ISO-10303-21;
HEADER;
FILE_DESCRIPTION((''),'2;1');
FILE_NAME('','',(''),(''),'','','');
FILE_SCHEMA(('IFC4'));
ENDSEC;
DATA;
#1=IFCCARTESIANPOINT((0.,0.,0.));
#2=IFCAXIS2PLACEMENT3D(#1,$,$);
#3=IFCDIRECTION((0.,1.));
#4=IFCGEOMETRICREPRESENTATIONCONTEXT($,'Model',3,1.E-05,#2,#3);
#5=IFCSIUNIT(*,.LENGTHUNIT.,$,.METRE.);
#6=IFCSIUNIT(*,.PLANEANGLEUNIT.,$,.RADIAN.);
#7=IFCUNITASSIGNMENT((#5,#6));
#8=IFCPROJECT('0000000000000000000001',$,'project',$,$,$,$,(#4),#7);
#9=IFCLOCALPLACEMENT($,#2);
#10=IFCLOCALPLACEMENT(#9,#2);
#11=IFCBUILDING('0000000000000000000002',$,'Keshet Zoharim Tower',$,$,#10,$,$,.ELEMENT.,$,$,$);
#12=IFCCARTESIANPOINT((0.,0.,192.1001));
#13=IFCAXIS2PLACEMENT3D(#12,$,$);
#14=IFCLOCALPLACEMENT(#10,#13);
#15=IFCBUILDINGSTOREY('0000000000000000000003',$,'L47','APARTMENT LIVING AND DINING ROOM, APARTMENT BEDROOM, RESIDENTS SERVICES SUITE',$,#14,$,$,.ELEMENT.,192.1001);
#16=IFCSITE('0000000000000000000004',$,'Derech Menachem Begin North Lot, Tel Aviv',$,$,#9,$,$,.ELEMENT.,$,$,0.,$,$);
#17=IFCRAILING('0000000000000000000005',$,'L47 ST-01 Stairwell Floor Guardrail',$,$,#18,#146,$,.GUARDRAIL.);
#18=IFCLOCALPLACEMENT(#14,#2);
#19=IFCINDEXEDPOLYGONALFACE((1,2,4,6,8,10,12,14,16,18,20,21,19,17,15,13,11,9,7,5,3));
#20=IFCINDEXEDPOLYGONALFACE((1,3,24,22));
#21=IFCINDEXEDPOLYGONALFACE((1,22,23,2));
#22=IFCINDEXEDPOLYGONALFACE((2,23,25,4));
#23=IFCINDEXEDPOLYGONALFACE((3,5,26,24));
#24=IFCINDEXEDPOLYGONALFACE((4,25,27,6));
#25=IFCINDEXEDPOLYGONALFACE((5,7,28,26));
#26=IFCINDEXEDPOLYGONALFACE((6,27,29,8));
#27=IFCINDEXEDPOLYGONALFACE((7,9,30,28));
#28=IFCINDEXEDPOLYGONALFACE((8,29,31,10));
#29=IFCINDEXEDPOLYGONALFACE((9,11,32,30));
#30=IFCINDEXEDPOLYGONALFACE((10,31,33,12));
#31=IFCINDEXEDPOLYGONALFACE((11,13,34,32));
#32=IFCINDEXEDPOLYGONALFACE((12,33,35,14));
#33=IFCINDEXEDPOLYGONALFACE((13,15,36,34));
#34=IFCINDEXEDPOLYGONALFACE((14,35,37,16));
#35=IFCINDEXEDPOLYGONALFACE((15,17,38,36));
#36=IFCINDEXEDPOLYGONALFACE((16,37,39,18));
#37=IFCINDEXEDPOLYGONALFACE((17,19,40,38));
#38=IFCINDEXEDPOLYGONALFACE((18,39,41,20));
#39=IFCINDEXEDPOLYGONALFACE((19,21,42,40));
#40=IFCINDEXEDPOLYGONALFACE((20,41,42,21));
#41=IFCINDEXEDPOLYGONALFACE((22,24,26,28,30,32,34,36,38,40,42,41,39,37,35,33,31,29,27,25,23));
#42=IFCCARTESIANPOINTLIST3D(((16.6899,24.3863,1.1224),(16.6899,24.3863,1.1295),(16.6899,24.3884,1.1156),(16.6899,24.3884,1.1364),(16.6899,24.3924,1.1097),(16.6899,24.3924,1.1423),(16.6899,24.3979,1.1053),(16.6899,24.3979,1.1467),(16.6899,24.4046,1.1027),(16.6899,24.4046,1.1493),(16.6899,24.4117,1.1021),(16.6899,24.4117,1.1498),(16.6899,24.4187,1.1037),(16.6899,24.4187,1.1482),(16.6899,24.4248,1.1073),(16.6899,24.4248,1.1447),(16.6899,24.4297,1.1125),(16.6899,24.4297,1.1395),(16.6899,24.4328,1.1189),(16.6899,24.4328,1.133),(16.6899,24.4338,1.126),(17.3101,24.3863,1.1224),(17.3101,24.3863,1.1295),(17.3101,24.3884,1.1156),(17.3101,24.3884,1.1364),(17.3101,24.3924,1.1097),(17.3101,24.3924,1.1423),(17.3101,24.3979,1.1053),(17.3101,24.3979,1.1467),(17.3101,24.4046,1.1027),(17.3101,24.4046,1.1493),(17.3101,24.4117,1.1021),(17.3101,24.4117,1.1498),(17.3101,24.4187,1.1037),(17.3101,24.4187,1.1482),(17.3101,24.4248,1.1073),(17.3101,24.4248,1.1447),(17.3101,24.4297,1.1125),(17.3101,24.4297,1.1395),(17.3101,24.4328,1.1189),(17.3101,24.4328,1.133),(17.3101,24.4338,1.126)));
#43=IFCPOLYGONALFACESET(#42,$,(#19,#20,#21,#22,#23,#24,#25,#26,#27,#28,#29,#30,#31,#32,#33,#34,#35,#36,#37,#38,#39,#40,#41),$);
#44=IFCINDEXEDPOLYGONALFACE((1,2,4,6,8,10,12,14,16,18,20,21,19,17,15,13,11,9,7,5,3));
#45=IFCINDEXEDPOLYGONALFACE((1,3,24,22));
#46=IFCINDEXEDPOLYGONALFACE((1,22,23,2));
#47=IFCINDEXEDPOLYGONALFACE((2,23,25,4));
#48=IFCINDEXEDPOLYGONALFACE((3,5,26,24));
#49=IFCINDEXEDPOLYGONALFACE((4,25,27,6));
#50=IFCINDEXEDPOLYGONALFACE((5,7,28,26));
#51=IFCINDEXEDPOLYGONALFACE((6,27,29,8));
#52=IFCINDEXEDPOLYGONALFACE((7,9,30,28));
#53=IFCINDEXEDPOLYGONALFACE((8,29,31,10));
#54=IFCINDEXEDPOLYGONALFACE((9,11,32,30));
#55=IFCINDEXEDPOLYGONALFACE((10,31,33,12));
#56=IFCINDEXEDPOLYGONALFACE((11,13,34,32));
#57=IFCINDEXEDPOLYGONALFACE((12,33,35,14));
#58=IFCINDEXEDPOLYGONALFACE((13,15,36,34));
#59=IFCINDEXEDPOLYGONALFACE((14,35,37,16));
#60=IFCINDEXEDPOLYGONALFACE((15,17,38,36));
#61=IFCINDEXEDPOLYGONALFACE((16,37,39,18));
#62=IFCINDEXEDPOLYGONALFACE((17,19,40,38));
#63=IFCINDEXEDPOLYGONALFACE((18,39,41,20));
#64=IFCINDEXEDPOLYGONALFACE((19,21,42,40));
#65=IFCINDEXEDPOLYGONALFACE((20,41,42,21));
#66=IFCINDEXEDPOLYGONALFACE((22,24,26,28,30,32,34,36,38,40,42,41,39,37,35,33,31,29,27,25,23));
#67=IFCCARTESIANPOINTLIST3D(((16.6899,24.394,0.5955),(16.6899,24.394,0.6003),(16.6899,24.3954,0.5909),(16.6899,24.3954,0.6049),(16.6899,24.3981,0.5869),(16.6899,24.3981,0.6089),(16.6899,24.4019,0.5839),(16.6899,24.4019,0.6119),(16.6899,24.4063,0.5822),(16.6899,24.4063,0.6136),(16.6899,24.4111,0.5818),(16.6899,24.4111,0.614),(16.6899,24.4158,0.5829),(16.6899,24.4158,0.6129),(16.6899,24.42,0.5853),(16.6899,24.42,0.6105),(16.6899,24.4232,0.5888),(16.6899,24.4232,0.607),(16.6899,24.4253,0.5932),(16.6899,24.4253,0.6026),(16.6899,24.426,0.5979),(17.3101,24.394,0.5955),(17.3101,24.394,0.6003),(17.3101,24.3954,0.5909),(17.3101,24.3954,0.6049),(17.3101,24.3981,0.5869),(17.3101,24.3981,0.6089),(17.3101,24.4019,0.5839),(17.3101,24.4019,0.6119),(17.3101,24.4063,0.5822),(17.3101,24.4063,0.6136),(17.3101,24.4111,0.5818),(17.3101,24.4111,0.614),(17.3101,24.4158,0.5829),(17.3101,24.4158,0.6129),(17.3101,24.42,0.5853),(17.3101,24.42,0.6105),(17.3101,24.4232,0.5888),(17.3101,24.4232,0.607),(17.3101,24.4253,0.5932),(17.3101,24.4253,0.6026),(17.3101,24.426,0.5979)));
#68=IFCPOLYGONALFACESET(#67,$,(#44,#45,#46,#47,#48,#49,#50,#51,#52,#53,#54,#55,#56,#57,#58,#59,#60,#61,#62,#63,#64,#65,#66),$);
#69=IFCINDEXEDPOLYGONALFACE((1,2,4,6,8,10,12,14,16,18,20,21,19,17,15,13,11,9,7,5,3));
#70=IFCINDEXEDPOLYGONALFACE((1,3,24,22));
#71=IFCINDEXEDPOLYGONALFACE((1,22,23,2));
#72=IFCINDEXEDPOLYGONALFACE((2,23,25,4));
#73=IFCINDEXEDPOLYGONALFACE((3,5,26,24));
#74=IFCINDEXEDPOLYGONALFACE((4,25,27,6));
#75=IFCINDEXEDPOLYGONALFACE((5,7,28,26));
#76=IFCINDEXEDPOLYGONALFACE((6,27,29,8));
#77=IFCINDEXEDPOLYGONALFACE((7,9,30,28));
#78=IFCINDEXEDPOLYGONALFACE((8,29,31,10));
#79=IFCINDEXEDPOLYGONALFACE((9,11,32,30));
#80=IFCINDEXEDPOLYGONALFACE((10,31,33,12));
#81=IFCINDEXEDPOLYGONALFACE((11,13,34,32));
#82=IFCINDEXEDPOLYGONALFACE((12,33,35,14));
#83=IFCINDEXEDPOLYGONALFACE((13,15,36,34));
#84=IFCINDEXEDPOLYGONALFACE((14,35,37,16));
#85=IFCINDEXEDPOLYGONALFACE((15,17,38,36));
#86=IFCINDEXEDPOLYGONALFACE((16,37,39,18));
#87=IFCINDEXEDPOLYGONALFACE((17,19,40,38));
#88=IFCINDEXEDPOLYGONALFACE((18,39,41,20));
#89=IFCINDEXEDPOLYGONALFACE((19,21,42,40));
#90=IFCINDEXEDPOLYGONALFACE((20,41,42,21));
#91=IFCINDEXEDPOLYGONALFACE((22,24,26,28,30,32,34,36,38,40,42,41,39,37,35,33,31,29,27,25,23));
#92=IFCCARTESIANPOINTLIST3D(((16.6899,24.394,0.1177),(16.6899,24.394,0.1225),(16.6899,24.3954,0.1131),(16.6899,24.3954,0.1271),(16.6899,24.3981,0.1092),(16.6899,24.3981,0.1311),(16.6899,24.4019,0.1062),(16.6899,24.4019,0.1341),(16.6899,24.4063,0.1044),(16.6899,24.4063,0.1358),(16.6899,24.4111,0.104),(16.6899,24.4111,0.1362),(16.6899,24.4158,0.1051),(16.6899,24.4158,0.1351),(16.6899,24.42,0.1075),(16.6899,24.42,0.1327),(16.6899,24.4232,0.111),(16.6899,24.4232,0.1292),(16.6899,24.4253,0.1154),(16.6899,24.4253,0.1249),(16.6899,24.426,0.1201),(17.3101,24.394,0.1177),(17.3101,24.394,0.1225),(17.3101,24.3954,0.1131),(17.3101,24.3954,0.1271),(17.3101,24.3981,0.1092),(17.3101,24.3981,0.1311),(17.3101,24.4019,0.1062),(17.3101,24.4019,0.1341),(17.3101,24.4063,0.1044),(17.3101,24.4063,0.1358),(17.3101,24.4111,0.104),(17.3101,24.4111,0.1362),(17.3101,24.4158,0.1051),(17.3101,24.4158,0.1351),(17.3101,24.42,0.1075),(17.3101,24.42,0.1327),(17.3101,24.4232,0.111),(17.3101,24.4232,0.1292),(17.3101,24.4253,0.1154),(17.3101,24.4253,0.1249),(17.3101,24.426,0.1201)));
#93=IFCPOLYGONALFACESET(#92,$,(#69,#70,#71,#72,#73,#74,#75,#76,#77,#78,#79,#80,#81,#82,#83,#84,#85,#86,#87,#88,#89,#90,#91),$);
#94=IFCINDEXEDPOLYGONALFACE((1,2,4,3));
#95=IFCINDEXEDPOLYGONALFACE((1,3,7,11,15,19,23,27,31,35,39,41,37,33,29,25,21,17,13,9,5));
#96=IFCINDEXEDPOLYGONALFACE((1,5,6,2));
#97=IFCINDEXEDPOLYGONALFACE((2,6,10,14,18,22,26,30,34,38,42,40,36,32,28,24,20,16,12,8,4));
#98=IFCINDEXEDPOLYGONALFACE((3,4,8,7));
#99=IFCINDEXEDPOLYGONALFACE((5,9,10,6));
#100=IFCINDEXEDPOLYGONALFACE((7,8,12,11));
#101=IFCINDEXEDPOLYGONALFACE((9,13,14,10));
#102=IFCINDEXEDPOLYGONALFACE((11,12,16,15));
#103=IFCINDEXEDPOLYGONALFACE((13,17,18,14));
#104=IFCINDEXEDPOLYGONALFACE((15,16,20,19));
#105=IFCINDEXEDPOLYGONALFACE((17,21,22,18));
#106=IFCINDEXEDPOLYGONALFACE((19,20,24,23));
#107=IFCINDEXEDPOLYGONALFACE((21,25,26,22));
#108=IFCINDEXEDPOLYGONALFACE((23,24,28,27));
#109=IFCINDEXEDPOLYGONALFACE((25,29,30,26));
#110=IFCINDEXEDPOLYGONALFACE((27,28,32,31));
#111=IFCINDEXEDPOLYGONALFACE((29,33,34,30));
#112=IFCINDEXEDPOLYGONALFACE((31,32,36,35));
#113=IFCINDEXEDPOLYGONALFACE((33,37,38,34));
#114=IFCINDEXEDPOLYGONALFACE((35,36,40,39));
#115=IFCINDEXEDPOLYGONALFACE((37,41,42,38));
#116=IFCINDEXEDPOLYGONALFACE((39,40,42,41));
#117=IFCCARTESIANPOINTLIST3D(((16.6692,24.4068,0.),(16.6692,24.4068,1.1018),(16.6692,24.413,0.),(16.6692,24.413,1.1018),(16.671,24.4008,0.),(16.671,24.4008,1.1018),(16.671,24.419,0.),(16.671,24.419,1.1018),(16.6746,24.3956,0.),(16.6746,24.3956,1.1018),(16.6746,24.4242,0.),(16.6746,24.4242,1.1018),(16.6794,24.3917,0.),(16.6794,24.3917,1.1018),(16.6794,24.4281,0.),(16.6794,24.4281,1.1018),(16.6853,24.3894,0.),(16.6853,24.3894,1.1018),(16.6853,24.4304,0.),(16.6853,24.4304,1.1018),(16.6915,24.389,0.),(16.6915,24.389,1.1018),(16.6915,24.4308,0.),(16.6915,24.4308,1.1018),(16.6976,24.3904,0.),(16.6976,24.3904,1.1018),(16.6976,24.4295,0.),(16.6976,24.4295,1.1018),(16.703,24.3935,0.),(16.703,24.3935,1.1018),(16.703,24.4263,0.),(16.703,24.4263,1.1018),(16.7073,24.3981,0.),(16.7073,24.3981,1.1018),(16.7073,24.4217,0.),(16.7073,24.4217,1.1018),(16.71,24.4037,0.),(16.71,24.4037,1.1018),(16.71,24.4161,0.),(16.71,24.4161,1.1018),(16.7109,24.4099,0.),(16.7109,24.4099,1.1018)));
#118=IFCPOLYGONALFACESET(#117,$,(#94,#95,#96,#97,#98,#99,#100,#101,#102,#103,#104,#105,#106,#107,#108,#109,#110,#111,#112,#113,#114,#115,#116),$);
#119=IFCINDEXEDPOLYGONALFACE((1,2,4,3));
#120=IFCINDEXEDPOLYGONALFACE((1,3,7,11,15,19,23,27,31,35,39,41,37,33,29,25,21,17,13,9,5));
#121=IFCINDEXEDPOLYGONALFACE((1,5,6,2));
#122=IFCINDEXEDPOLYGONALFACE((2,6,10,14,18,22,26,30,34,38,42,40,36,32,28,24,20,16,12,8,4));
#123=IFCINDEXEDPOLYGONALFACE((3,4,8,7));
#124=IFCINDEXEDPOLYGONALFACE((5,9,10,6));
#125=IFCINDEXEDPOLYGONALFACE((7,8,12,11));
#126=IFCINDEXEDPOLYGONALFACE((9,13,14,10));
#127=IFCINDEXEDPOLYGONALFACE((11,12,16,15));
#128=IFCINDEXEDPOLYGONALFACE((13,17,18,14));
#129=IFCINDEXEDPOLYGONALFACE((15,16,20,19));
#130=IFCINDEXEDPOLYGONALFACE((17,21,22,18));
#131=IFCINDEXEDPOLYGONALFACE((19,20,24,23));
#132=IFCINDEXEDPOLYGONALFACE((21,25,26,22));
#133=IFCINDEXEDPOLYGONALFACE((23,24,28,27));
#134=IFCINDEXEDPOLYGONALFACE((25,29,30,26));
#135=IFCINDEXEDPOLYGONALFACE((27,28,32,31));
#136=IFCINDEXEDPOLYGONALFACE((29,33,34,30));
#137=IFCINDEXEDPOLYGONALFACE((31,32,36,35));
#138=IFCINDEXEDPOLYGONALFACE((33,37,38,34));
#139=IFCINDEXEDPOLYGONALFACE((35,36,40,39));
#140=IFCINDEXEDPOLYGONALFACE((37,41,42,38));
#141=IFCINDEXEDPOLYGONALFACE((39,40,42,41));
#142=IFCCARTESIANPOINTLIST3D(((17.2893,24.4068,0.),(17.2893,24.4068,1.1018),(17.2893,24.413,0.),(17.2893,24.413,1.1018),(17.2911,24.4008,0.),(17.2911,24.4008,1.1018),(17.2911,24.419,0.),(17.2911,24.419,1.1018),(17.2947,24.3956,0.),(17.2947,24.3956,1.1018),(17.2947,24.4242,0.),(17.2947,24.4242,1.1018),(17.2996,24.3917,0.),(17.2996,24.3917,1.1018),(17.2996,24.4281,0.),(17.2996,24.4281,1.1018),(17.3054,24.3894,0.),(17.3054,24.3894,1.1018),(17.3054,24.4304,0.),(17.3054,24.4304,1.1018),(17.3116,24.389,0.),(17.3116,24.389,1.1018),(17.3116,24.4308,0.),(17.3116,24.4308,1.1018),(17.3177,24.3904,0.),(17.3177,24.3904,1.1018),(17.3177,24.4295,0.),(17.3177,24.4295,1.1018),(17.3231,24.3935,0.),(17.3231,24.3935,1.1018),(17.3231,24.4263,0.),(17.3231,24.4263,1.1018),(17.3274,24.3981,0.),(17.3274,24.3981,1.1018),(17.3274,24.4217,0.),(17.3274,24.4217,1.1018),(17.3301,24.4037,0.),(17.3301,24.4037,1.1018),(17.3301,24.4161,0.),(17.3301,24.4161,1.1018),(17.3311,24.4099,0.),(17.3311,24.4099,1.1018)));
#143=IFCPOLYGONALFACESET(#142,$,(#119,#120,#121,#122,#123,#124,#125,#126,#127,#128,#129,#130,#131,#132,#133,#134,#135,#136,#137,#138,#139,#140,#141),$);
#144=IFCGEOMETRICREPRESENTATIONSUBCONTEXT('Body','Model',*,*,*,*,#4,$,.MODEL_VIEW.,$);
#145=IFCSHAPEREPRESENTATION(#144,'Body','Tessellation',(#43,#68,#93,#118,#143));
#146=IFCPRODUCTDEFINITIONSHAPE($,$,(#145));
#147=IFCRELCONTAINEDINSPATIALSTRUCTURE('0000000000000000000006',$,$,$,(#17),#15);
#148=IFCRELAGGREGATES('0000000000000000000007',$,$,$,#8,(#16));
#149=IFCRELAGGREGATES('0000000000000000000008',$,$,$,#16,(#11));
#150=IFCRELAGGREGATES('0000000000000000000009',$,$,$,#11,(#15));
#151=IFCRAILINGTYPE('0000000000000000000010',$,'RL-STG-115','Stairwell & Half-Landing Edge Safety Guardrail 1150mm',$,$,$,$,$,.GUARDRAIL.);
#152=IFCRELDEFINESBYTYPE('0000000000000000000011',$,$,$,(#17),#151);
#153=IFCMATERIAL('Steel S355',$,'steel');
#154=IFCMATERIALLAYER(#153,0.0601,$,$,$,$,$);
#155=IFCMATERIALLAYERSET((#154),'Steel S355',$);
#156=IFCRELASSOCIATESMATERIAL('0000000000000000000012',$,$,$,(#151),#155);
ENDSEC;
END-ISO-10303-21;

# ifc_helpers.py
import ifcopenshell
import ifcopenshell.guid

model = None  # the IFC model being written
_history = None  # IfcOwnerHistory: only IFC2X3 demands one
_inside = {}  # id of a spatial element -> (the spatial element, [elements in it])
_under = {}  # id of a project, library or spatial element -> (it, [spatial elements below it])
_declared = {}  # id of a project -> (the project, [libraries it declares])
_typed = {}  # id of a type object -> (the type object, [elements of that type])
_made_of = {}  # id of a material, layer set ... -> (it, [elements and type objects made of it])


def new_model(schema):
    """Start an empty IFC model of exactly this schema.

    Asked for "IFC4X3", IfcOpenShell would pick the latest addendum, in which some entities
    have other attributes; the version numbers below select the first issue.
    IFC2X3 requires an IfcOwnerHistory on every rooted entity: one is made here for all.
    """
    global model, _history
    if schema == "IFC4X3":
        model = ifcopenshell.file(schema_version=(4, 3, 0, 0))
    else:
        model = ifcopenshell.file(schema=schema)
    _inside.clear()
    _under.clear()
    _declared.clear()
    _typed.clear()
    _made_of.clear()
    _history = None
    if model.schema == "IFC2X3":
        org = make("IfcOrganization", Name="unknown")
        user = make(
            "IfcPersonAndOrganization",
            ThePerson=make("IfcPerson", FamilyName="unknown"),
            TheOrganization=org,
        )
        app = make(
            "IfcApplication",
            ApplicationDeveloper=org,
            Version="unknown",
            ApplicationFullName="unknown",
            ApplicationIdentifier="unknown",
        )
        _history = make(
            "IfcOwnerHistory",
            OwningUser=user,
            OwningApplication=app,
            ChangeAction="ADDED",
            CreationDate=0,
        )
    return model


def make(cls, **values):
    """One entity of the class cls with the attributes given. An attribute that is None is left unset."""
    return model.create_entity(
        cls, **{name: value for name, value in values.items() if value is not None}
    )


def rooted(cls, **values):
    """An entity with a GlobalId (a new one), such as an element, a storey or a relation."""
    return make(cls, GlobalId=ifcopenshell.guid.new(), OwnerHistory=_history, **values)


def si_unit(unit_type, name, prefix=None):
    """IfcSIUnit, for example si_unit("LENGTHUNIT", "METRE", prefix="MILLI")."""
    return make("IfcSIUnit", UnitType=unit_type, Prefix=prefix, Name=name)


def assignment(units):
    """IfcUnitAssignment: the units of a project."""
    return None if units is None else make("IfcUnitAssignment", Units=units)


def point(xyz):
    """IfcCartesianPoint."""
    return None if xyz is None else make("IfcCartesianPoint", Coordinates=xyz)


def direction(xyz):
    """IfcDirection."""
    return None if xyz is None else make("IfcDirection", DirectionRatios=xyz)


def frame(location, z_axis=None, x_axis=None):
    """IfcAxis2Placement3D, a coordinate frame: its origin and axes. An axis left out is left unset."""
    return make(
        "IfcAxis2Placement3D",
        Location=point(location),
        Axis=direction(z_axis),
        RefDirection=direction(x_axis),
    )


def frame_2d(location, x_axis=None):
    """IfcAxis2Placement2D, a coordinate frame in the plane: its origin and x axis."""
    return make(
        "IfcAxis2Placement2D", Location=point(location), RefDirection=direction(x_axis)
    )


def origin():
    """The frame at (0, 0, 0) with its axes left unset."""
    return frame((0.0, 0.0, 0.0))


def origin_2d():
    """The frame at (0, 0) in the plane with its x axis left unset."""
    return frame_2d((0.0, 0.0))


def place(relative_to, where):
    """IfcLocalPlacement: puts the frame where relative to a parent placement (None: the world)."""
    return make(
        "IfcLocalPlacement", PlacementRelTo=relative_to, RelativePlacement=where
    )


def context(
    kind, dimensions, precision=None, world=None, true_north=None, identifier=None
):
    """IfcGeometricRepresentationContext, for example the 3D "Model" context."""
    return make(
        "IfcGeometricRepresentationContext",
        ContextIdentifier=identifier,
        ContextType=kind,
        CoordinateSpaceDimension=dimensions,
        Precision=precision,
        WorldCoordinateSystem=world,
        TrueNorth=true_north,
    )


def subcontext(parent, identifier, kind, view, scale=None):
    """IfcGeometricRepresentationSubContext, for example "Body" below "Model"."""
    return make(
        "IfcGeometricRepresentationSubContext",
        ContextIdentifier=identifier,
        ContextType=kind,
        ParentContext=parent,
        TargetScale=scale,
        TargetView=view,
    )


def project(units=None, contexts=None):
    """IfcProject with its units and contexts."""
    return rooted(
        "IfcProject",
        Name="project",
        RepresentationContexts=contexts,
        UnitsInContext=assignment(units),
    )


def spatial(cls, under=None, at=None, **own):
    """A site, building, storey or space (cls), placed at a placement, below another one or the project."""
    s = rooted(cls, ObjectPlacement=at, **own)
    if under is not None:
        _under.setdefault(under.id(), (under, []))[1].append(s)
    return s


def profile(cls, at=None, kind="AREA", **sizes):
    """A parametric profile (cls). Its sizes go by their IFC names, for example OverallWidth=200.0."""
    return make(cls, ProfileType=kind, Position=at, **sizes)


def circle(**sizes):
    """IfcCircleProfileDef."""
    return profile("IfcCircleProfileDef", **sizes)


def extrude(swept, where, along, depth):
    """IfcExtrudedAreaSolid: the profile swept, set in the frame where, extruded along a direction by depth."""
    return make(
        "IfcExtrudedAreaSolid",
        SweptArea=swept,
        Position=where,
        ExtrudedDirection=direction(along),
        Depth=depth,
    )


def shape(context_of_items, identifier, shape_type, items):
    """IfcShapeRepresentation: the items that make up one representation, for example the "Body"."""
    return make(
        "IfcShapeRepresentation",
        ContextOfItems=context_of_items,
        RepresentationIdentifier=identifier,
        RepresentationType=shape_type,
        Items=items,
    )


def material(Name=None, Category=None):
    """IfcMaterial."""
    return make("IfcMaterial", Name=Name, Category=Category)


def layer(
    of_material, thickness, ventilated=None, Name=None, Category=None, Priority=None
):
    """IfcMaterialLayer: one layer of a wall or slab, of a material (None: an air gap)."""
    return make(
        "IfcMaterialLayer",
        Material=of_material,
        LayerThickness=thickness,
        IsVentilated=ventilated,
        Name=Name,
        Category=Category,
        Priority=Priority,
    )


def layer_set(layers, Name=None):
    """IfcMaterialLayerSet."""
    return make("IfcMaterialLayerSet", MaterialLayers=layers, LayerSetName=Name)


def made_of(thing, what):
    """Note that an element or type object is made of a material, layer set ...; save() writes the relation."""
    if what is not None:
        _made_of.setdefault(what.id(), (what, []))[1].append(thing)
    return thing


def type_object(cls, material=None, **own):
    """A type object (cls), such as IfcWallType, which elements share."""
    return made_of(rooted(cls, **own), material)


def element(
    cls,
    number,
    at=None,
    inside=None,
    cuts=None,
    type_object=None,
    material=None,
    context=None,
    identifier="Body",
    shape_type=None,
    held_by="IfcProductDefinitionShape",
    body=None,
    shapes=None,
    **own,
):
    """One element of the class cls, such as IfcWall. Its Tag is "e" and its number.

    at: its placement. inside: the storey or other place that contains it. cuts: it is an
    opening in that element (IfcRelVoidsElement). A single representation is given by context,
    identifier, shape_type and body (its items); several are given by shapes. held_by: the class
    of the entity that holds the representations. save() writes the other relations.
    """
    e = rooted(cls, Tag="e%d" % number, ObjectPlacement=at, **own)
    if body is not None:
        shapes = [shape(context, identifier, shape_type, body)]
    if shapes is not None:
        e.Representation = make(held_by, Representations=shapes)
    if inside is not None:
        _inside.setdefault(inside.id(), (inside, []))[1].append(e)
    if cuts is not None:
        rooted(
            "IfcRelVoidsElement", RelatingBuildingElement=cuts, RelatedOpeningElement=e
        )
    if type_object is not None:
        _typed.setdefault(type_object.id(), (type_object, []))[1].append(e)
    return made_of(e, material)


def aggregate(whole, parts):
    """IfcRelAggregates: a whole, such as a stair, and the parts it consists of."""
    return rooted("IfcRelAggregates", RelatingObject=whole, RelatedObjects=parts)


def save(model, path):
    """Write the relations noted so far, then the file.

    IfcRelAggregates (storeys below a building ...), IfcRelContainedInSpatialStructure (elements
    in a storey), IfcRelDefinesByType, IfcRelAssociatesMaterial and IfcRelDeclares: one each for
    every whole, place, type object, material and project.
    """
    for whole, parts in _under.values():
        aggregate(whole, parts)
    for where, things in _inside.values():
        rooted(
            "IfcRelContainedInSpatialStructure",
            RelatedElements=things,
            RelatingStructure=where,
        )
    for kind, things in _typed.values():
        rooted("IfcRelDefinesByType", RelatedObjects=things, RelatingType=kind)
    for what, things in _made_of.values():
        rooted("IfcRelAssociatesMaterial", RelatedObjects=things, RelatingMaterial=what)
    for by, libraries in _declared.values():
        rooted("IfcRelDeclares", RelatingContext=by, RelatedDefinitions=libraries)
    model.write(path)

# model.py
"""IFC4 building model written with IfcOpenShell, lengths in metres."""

from ifc_helpers import new_model, si_unit, direction, frame, origin, origin_2d, place, context, subcontext, project, spatial, circle, extrude, material, layer, layer_set, type_object, element, save


model = new_model("IFC4")

# Units and contexts
model_context = context("Model", 3, precision=1e-05, world=origin(), true_north=direction((0.0, 1.0)))
body_context = subcontext(model_context, "Body", "Model", "MODEL_VIEW")
ifc_project = project(units=[si_unit("LENGTHUNIT", "METRE"), si_unit("PLANEANGLEUNIT", "RADIAN")], contexts=[model_context])

# Site, building, storey
site_placement = place(None, origin())
site = spatial("IfcSite", under=ifc_project, at=site_placement, Name="Derech Menachem Begin North Lot, Tel Aviv", CompositionType="ELEMENT", RefElevation=0.0)
building_placement = place(site_placement, origin())
building = spatial("IfcBuilding", under=site, at=building_placement, Name="Keshet Zoharim Tower", CompositionType="ELEMENT")
storey_placement = place(building_placement, frame((0.0, 0.0, 192.1001)))
storey = spatial("IfcBuildingStorey", under=building, at=storey_placement, Name="L47", Description="APARTMENT LIVING AND DINING ROOM, APARTMENT BEDROOM, RESIDENTS SERVICES SUITE", CompositionType="ELEMENT", Elevation=192.1001)

# Railing
ifc_material_1 = material(Name="Steel S355", Category="steel")
ifc_layer_1 = layer(ifc_material_1, 0.0601)
ifc_layer_set_1 = layer_set([ifc_layer_1], Name="Steel S355")
railing_type_1 = type_object("IfcRailingType", Name="RL-STG-115", Description="Stairwell & Half-Landing Edge Safety Guardrail 1150mm", PredefinedType="GUARDRAIL", material=ifc_layer_set_1)
railing_1_placement = place(storey_placement, frame((16.6899, 24.4099, 0.0)))
element("IfcRailing", 1, at=railing_1_placement, inside=storey, type_object=railing_type_1, Name="L47 ST-01 Stairwell Floor Guardrail", PredefinedType="GUARDRAIL", context=body_context, shape_type="SweptSolid", body=[
    extrude(circle(Radius=0.0239, at=origin_2d()), frame((0.0, 0.0, 1.126), z_axis=(1.0, 0.0, 0.0), x_axis=(0.0, 1.0, 0.0)), (0.0, 0.0, 1.0), 0.6201),
    extrude(circle(Radius=0.0161, at=origin_2d()), frame((0.0, 0.0, 0.5979), z_axis=(1.0, 0.0, 0.0), x_axis=(0.0, 1.0, 0.0)), (0.0, 0.0, 1.0), 0.6201),
    extrude(circle(Radius=0.0161, at=origin_2d()), frame((0.0, 0.0, 0.1201), z_axis=(1.0, 0.0, 0.0), x_axis=(0.0, 1.0, 0.0)), (0.0, 0.0, 1.0), 0.6201),
    extrude(circle(Radius=0.021, at=origin_2d()), origin(), (0.0, 0.0, 1.0), 1.1018),
    extrude(circle(Radius=0.021, at=origin_2d()), frame((0.6201, 0.0, 0.0)), (0.0, 0.0, 1.0), 1.1018),
])

save(model, "model.ifc")
